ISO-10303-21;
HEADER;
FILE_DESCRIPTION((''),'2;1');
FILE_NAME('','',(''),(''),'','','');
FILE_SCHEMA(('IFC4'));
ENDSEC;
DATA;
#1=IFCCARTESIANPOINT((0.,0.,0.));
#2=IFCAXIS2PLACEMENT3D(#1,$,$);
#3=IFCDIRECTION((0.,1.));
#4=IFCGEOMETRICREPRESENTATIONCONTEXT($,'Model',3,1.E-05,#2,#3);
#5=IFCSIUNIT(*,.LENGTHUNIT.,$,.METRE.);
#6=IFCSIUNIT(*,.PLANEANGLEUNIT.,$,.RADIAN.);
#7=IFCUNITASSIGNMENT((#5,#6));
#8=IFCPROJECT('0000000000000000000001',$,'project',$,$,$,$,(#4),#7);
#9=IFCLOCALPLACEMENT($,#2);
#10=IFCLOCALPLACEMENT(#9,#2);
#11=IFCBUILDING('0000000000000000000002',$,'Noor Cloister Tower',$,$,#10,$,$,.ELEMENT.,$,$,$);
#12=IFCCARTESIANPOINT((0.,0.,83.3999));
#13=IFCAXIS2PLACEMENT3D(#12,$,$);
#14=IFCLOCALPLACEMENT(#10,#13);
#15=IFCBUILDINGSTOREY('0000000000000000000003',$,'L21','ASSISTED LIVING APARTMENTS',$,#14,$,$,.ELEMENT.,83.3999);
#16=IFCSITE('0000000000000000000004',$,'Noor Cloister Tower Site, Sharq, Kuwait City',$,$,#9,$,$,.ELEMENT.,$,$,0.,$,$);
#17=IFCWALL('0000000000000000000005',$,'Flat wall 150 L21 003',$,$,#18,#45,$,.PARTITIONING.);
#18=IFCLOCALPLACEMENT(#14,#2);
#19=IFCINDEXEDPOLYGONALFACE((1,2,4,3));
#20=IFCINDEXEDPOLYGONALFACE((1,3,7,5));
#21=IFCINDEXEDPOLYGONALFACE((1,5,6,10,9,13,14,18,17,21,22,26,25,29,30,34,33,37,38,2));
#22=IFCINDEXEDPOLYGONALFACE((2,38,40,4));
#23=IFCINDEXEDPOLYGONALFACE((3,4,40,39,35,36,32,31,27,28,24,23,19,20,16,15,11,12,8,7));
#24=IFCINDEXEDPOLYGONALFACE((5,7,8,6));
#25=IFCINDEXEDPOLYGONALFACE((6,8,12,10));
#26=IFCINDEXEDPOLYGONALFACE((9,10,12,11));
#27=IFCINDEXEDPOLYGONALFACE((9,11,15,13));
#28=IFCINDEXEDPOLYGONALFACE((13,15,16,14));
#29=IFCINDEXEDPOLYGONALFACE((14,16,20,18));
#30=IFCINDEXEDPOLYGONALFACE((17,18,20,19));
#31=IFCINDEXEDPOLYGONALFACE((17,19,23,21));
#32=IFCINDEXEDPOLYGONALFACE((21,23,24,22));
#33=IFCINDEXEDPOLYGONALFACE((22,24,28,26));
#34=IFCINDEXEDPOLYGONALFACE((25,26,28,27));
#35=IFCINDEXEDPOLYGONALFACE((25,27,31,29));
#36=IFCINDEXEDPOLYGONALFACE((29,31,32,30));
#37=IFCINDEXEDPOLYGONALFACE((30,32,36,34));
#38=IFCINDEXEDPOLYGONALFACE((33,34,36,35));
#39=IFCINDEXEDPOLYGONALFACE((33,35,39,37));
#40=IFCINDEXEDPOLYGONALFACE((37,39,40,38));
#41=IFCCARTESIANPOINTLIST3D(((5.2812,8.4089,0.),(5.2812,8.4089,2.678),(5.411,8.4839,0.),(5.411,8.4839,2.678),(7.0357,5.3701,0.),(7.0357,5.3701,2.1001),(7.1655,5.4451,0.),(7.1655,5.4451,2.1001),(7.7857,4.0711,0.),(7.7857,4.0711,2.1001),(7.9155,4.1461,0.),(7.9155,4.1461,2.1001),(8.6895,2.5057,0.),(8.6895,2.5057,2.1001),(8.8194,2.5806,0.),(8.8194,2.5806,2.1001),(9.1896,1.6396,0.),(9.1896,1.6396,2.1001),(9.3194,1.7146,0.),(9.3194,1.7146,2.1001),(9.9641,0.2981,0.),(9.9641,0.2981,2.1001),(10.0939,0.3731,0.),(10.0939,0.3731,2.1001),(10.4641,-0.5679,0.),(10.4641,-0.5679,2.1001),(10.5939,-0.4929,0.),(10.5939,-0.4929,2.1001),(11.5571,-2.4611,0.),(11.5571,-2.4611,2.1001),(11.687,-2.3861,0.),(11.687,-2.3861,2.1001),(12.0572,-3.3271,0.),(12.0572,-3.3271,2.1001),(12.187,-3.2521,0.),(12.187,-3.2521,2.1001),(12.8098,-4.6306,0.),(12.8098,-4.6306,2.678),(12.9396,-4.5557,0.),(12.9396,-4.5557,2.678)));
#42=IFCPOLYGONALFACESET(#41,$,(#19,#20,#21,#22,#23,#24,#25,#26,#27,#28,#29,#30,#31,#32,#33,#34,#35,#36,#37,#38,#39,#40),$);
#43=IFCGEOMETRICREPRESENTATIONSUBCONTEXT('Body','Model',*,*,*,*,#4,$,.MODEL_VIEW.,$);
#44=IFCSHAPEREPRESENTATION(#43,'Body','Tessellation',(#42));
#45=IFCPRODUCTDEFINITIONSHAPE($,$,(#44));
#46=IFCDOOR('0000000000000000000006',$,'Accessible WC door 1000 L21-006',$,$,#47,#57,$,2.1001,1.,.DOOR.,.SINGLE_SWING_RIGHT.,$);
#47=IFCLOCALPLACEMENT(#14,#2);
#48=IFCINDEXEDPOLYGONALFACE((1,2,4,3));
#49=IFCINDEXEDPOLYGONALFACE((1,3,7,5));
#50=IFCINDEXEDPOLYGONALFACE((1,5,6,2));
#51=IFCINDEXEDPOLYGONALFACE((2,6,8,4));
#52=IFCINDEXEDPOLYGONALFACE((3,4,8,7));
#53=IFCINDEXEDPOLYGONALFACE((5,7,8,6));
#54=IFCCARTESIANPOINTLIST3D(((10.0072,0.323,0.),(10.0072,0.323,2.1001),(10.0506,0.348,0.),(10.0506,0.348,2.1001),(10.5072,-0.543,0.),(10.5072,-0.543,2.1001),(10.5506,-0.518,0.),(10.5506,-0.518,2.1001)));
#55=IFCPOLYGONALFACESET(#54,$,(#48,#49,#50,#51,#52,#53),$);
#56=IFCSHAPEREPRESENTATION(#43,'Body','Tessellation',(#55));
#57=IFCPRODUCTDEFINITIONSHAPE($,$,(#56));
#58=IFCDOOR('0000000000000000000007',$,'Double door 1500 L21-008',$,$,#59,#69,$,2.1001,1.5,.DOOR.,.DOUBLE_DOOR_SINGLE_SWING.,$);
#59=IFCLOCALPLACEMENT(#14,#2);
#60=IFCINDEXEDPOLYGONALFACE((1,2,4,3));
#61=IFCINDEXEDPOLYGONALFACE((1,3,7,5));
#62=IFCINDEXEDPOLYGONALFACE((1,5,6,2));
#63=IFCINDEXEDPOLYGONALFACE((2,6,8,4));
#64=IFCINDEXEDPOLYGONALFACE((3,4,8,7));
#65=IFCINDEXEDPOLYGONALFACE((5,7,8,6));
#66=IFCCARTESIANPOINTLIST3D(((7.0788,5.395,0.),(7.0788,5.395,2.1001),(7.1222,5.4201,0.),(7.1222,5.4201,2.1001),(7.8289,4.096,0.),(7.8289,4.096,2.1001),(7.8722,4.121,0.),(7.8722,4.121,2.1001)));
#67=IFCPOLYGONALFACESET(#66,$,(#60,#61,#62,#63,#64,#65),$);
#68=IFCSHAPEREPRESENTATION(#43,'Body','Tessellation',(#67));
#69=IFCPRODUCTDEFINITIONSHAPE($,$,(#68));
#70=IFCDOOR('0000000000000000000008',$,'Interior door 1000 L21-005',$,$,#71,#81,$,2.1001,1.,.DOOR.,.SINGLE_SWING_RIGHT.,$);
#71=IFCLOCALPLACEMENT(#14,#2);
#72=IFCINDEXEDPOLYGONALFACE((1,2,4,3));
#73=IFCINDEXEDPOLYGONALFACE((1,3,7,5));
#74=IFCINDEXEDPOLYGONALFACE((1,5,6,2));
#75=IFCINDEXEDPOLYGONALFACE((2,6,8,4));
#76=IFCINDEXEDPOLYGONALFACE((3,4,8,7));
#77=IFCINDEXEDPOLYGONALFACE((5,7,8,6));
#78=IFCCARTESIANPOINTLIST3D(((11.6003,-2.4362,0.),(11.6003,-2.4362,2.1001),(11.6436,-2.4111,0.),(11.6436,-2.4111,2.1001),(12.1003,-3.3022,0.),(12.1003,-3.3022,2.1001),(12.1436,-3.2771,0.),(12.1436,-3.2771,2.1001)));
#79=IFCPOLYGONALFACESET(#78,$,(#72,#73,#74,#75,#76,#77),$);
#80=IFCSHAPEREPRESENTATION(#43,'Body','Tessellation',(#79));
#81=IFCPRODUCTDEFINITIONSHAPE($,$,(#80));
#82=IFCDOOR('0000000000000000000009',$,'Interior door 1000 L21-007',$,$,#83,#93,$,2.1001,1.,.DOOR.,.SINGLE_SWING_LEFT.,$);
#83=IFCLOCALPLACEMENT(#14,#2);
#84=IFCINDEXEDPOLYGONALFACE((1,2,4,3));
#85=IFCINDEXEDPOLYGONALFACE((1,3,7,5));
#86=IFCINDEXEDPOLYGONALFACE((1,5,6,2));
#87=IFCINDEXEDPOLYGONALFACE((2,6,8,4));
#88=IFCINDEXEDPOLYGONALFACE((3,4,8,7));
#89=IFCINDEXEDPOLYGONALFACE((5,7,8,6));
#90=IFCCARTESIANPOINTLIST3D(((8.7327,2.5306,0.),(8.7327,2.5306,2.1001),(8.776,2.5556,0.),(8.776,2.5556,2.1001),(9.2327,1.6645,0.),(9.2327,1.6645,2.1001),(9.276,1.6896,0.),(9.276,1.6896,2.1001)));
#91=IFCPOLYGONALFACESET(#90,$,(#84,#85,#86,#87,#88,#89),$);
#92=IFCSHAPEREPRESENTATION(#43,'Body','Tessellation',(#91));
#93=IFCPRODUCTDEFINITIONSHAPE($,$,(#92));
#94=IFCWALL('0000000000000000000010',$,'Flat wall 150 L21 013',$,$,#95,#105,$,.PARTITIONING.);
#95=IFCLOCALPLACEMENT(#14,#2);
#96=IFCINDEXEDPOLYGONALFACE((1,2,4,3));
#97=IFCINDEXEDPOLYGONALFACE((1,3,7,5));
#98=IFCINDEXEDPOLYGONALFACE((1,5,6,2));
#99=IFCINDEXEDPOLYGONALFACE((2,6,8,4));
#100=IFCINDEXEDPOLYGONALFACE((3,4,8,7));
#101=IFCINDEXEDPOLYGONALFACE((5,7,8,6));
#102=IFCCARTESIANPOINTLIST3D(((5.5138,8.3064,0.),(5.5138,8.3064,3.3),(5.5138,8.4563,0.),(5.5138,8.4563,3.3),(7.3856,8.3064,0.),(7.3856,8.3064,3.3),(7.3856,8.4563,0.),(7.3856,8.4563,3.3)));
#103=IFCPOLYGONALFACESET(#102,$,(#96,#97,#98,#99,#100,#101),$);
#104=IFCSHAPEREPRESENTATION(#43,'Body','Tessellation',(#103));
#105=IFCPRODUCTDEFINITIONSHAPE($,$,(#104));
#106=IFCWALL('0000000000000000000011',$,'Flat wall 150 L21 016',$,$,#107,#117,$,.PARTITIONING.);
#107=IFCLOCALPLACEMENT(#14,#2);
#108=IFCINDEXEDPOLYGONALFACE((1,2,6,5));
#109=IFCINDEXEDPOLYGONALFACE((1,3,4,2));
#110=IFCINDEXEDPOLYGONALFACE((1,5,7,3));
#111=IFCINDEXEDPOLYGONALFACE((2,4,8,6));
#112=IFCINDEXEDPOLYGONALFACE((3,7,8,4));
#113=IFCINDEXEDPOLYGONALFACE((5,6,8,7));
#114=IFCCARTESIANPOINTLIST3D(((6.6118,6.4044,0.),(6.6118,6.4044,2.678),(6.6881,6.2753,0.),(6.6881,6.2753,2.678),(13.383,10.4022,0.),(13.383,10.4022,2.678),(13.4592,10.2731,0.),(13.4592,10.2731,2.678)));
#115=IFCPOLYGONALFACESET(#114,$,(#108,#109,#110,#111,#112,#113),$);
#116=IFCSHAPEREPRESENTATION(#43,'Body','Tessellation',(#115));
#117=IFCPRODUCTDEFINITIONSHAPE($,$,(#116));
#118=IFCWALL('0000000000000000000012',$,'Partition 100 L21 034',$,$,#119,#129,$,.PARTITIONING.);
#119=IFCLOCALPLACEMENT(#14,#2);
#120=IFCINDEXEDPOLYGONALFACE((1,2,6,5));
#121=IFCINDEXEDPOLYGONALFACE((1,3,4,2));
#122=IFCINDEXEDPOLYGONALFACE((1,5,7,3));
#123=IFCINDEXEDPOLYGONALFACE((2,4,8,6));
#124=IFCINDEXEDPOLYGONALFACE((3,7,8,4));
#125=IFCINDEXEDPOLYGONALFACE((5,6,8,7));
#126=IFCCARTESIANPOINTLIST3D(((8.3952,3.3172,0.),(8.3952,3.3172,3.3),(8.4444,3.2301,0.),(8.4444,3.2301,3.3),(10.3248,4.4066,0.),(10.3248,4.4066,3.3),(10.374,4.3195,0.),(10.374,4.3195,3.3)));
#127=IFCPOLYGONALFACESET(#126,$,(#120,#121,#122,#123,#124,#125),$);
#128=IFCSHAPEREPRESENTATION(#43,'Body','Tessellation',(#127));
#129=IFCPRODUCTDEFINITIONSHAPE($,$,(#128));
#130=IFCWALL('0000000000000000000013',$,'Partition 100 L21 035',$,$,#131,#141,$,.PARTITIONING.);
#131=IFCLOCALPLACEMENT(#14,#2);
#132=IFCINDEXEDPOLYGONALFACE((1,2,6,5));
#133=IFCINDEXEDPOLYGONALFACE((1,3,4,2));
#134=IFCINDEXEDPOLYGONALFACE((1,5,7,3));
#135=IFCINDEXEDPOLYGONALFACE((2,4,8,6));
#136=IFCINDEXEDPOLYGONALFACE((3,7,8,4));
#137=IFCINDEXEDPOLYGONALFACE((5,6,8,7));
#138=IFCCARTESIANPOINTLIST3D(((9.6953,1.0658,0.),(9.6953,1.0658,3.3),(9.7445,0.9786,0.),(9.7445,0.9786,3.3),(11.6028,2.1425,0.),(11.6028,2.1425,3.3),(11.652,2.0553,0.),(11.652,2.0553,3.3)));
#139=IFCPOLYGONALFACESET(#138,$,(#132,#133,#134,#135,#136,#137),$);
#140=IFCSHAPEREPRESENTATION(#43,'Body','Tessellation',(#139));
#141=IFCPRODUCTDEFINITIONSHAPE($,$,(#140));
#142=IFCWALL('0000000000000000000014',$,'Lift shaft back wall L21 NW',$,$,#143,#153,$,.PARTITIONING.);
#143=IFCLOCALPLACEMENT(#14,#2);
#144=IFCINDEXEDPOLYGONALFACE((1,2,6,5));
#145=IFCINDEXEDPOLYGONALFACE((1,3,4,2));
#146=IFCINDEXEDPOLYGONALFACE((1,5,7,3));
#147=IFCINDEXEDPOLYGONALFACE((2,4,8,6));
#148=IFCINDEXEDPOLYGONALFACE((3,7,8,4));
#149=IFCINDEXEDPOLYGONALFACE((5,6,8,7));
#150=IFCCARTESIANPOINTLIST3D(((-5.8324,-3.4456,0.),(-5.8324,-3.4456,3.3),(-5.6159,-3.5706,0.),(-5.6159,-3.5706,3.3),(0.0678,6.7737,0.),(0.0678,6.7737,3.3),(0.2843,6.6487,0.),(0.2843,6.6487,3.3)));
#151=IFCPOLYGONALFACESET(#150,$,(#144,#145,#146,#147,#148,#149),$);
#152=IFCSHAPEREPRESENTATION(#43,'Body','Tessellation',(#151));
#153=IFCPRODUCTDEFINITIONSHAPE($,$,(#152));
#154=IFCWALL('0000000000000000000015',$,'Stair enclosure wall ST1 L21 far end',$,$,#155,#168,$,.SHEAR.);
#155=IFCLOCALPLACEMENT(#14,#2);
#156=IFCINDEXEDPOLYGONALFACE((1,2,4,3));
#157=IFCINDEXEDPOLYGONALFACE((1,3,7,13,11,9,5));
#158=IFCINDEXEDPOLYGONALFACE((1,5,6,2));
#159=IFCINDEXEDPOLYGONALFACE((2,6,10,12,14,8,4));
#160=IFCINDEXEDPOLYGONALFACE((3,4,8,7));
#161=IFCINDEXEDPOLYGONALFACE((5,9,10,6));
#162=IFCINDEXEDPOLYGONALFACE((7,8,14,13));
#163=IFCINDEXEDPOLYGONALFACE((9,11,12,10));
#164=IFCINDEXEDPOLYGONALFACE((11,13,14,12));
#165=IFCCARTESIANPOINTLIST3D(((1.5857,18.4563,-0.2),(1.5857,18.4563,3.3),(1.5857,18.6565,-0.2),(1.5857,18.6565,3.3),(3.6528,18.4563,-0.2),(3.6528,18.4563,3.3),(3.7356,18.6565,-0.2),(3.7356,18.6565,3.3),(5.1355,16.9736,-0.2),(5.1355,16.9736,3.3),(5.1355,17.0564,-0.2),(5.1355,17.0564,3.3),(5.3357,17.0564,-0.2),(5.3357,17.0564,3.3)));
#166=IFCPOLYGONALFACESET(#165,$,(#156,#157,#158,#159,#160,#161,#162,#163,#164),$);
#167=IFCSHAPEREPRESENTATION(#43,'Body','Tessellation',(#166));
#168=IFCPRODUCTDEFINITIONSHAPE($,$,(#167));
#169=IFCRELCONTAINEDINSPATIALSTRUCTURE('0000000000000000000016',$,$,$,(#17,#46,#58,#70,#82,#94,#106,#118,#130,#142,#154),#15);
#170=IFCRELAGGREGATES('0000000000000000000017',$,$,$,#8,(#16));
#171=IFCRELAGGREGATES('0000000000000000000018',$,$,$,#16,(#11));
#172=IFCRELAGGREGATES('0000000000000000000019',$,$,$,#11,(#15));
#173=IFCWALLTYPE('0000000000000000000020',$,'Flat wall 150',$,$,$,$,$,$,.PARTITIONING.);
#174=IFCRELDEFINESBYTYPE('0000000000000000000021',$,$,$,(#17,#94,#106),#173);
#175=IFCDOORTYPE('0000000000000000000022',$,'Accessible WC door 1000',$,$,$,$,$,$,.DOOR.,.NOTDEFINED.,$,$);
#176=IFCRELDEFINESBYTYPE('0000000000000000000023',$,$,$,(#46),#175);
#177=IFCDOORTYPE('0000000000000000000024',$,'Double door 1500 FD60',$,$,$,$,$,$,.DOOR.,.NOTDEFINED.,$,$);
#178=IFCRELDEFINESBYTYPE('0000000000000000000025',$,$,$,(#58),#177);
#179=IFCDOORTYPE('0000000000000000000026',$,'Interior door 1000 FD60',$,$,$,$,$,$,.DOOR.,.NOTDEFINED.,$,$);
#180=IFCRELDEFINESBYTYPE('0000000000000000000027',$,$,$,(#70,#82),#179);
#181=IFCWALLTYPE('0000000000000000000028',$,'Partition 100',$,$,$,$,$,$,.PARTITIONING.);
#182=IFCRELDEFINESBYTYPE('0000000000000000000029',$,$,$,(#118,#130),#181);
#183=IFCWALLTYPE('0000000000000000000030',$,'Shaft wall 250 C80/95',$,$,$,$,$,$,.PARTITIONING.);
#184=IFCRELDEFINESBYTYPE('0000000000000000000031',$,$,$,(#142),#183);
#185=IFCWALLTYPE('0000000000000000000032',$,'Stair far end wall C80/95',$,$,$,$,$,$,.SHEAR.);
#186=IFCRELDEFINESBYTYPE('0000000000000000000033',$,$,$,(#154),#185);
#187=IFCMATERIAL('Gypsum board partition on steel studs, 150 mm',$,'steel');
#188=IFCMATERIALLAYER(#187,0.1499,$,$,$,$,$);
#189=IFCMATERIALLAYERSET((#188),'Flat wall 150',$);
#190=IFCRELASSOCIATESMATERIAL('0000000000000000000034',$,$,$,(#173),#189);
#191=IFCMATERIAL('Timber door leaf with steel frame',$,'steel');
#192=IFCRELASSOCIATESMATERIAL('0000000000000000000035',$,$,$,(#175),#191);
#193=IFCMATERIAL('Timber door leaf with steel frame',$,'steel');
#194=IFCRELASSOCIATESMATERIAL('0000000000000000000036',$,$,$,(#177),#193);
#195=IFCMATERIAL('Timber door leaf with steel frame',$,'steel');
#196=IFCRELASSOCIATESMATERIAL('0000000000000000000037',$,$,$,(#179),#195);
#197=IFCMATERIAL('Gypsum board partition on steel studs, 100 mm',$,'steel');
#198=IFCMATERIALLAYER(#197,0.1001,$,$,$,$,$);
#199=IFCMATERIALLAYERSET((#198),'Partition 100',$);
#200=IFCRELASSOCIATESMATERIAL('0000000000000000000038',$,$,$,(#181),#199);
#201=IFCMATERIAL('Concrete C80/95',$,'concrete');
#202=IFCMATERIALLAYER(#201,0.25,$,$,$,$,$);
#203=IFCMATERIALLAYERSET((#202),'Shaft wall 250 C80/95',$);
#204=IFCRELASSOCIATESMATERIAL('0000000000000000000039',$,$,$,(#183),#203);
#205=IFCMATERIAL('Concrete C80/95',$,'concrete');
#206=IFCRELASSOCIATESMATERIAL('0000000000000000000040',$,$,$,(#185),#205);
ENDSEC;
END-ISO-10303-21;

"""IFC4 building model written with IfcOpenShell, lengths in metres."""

from ifc_helpers import new_model, si_unit, direction, frame, frame_2d, origin, place, context, subcontext, project, spatial, polyline, rectangle, outline, extrude, material, layer, layer_set, type_object, element, fill, save


model = new_model("IFC4")

# Units and contexts
model_context = context("Model", 3, precision=1e-05, world=origin(), true_north=direction((0.0, 1.0)))
body_context = subcontext(model_context, "Body", "Model", "MODEL_VIEW")
ifc_project = project(units=[si_unit("LENGTHUNIT", "METRE"), si_unit("PLANEANGLEUNIT", "RADIAN")], contexts=[model_context])

# Site, building, storey
site_placement = place(None, origin())
site = spatial("IfcSite", under=ifc_project, at=site_placement, Name="Noor Cloister Tower Site, Sharq, Kuwait City", CompositionType="ELEMENT", RefElevation=0.0)
building_placement = place(site_placement, origin())
building = spatial("IfcBuilding", under=site, at=building_placement, Name="Noor Cloister Tower", CompositionType="ELEMENT")
storey_placement = place(building_placement, frame((0.0, 0.0, 83.3999)))
storey = spatial("IfcBuildingStorey", under=building, at=storey_placement, Name="L21", Description="ASSISTED LIVING APARTMENTS", CompositionType="ELEMENT", Elevation=83.3999)

# Wall, openings, doors
ifc_material_1 = material(Name="Gypsum board partition on steel studs, 150 mm", Category="steel")
ifc_layer_1 = layer(ifc_material_1, 0.1499)
ifc_layer_set_1 = layer_set([ifc_layer_1], Name="Flat wall 150")
wall_type_1 = type_object("IfcWallType", Name="Flat wall 150", PredefinedType="PARTITIONING", material=ifc_layer_set_1)
wall_1_placement = place(storey_placement, frame((5.3462, 8.4463, 0.0), z_axis=(0.0, 0.0, 1.0), x_axis=(0.500009, -0.86602, 0.0)))
wall_1 = element("IfcWall", 1, at=wall_1_placement, inside=storey, type_object=wall_type_1, Name="Flat wall 150 L21 003", PredefinedType="PARTITIONING", context=body_context, shape_type="SweptSolid", body=[
    extrude(rectangle(XDim=15.0569, YDim=0.1499, at=frame_2d((7.5283, 0.0))), origin(), (0.0, 0.0, 1.0), 2.678),
])
opening_1_placement = place(wall_1_placement, frame((12.5515, 0.0, 0.0)))
opening_1 = element("IfcOpeningElement", 2, at=opening_1_placement, cuts=wall_1, PredefinedType="OPENING", context=body_context, shape_type="SweptSolid", body=[
    extrude(rectangle(XDim=1.0, YDim=2.1001, at=frame_2d((0.5, 1.05))), frame((0.0, 0.085, 0.0), z_axis=(0.0, -1.0, 0.0), x_axis=(1.0, 0.0, 0.0)), (0.0, 0.0, 1.0), 0.1699),
])
opening_2_placement = place(wall_1_placement, frame((9.3655, 0.0, 0.0)))
opening_2 = element("IfcOpeningElement", 3, at=opening_2_placement, cuts=wall_1, PredefinedType="OPENING", context=body_context, shape_type="SweptSolid", body=[
    extrude(rectangle(XDim=1.0, YDim=2.1001, at=frame_2d((0.5, 1.05))), frame((0.0, 0.085, 0.0), z_axis=(0.0, -1.0, 0.0), x_axis=(1.0, 0.0, 0.0)), (0.0, 0.0, 1.0), 0.1699),
])
opening_3_placement = place(wall_1_placement, frame((6.8164, 0.0, 0.0)))
opening_3 = element("IfcOpeningElement", 4, at=opening_3_placement, cuts=wall_1, PredefinedType="OPENING", context=body_context, shape_type="SweptSolid", body=[
    extrude(rectangle(XDim=1.0, YDim=2.1001, at=frame_2d((0.5, 1.05))), frame((0.0, 0.085, 0.0), z_axis=(0.0, -1.0, 0.0), x_axis=(1.0, 0.0, 0.0)), (0.0, 0.0, 1.0), 0.1699),
])
opening_4_placement = place(wall_1_placement, frame((3.5088, 0.0, 0.0)))
opening_4 = element("IfcOpeningElement", 5, at=opening_4_placement, cuts=wall_1, PredefinedType="OPENING", context=body_context, shape_type="SweptSolid", body=[
    extrude(rectangle(XDim=1.5, YDim=2.1001, at=frame_2d((0.75, 1.05))), frame((0.0, 0.085, 0.0), z_axis=(0.0, -1.0, 0.0), x_axis=(1.0, 0.0, 0.0)), (0.0, 0.0, 1.0), 0.1699),
])
ifc_material_2 = material(Name="Timber door leaf with steel frame", Category="steel")
door_type_1 = type_object("IfcDoorType", Name="Accessible WC door 1000", OperationType="NOTDEFINED", PredefinedType="DOOR", material=ifc_material_2)
door_1_placement = place(opening_2_placement, origin())
door_1 = element("IfcDoor", 6, at=door_1_placement, inside=storey, type_object=door_type_1, Name="Accessible WC door 1000 L21-006", OperationType="SINGLE_SWING_RIGHT", OverallHeight=2.1001, OverallWidth=1.0, PredefinedType="DOOR", context=body_context, shape_type="SweptSolid", body=[
    extrude(rectangle(XDim=1.0, YDim=2.1001, at=frame_2d((0.5, 1.05))), frame((0.0, 0.0249, 0.0), z_axis=(0.0, -1.0, 0.0), x_axis=(1.0, 0.0, 0.0)), (0.0, 0.0, 1.0), 0.05),
])
fill(opening_2, door_1)
ifc_material_3 = material(Name="Timber door leaf with steel frame", Category="steel")
door_type_2 = type_object("IfcDoorType", Name="Double door 1500 FD60", OperationType="NOTDEFINED", PredefinedType="DOOR", material=ifc_material_3)
door_2_placement = place(opening_4_placement, origin())
door_2 = element("IfcDoor", 7, at=door_2_placement, inside=storey, type_object=door_type_2, Name="Double door 1500 L21-008", OperationType="DOUBLE_DOOR_SINGLE_SWING", OverallHeight=2.1001, OverallWidth=1.5, PredefinedType="DOOR", context=body_context, shape_type="SweptSolid", body=[
    extrude(rectangle(XDim=1.5, YDim=2.1001, at=frame_2d((0.75, 1.05))), frame((0.0, 0.0249, 0.0), z_axis=(0.0, -1.0, 0.0), x_axis=(1.0, 0.0, 0.0)), (0.0, 0.0, 1.0), 0.05),
])
fill(opening_4, door_2)
ifc_material_4 = material(Name="Timber door leaf with steel frame", Category="steel")
door_type_3 = type_object("IfcDoorType", Name="Interior door 1000 FD60", OperationType="NOTDEFINED", PredefinedType="DOOR", material=ifc_material_4)
door_3_placement = place(opening_1_placement, origin())
door_3 = element("IfcDoor", 8, at=door_3_placement, inside=storey, type_object=door_type_3, Name="Interior door 1000 L21-005", OperationType="SINGLE_SWING_RIGHT", OverallHeight=2.1001, OverallWidth=1.0, PredefinedType="DOOR", context=body_context, shape_type="SweptSolid", body=[
    extrude(rectangle(XDim=1.0, YDim=2.1001, at=frame_2d((0.5, 1.05))), frame((0.0, 0.0249, 0.0), z_axis=(0.0, -1.0, 0.0), x_axis=(1.0, 0.0, 0.0)), (0.0, 0.0, 1.0), 0.05),
])
fill(opening_1, door_3)
door_4_placement = place(opening_3_placement, origin())
door_4 = element("IfcDoor", 9, at=door_4_placement, inside=storey, type_object=door_type_3, Name="Interior door 1000 L21-007", OperationType="SINGLE_SWING_LEFT", OverallHeight=2.1001, OverallWidth=1.0, PredefinedType="DOOR", context=body_context, shape_type="SweptSolid", body=[
    extrude(rectangle(XDim=1.0, YDim=2.1001, at=frame_2d((0.5, 1.05))), frame((0.0, 0.0249, 0.0), z_axis=(0.0, -1.0, 0.0), x_axis=(1.0, 0.0, 0.0)), (0.0, 0.0, 1.0), 0.05),
])
fill(opening_3, door_4)

# Walls
wall_2_placement = place(storey_placement, frame((5.5137, 8.3813, 0.0), z_axis=(0.0, 0.0, 1.0), x_axis=(1.0, 0.0, 0.0)))
element("IfcWall", 10, at=wall_2_placement, inside=storey, type_object=wall_type_1, Name="Flat wall 150 L21 013", PredefinedType="PARTITIONING", context=body_context, shape_type="SweptSolid", body=[
    extrude(rectangle(XDim=1.8718, YDim=0.1499, at=frame_2d((0.936, 0.0))), origin(), (0.0, 0.0, 1.0), 3.3),
])
wall_3_placement = place(storey_placement, frame((13.4211, 10.3376, 0.0), z_axis=(0.0, 0.0, 1.0), x_axis=(-0.861115, -0.50841, 0.0)))
element("IfcWall", 11, at=wall_3_placement, inside=storey, type_object=wall_type_1, Name="Flat wall 150 L21 016", PredefinedType="PARTITIONING", context=body_context, shape_type="SweptSolid", body=[
    extrude(rectangle(XDim=7.8633, YDim=0.1499, at=frame_2d((3.9316, 0.0))), origin(), (0.0, 0.0, 1.0), 2.678),
])
ifc_material_5 = material(Name="Gypsum board partition on steel studs, 100 mm", Category="steel")
ifc_layer_2 = layer(ifc_material_5, 0.1001)
ifc_layer_set_2 = layer_set([ifc_layer_2], Name="Partition 100")
wall_type_2 = type_object("IfcWallType", Name="Partition 100", PredefinedType="PARTITIONING", material=ifc_layer_set_2)
wall_4_placement = place(storey_placement, frame((10.3494, 4.363, 0.0), z_axis=(0.0, 0.0, 1.0), x_axis=(-0.870795, -0.491647, 0.0)))
element("IfcWall", 12, at=wall_4_placement, inside=storey, type_object=wall_type_2, Name="Partition 100 L21 034", PredefinedType="PARTITIONING", context=body_context, shape_type="SweptSolid", body=[
    extrude(rectangle(XDim=2.2158, YDim=0.1001, at=frame_2d((1.1079, 0.0))), origin(), (0.0, 0.0, 1.0), 3.3),
])
wall_5_placement = place(storey_placement, frame((11.6274, 2.0989, 0.0), z_axis=(0.0, 0.0, 1.0), x_axis=(-0.870851, -0.491547, 0.0)))
element("IfcWall", 13, at=wall_5_placement, inside=storey, type_object=wall_type_2, Name="Partition 100 L21 035", PredefinedType="PARTITIONING", context=body_context, shape_type="SweptSolid", body=[
    extrude(rectangle(XDim=2.1904, YDim=0.1001, at=frame_2d((1.0952, 0.0))), origin(), (0.0, 0.0, 1.0), 3.3),
])
ifc_material_6 = material(Name="Concrete C80/95", Category="concrete")
ifc_layer_3 = layer(ifc_material_6, 0.25)
ifc_layer_set_3 = layer_set([ifc_layer_3], Name="Shaft wall 250 C80/95")
wall_type_3 = type_object("IfcWallType", Name="Shaft wall 250 C80/95", PredefinedType="PARTITIONING", material=ifc_layer_set_3)
wall_6_placement = place(storey_placement, frame((0.176, 6.7112, 0.0), z_axis=(0.0, 0.0, 1.0), x_axis=(-0.500004, -0.866023, 0.0)))
element("IfcWall", 14, at=wall_6_placement, inside=storey, type_object=wall_type_3, Name="Lift shaft back wall L21 NW", PredefinedType="PARTITIONING", context=body_context, shape_type="SweptSolid", body=[
    extrude(rectangle(XDim=11.8003, YDim=0.25, at=frame_2d((5.9001, 0.0))), origin(), (0.0, 0.0, 1.0), 3.3),
])
ifc_material_7 = material(Name="Concrete C80/95", Category="concrete")
wall_type_4 = type_object("IfcWallType", Name="Stair far end wall C80/95", PredefinedType="SHEAR", material=ifc_material_7)
wall_7_placement = place(storey_placement, frame((0.0, 0.0, -0.2)))
element("IfcWall", 15, at=wall_7_placement, inside=storey, type_object=wall_type_4, Name="Stair enclosure wall ST1 L21 far end", PredefinedType="SHEAR", context=body_context, shape_type="SweptSolid", body=[
    extrude(outline(polyline([(5.3357, 17.0564), (3.7356, 18.6565), (1.5857, 18.6565), (1.5857, 18.4563), (3.6528, 18.4563), (5.1355, 16.9736), (5.1355, 17.0564), (5.1355, 17.0564), (5.1355, 17.0564), (5.1355, 17.0564), (5.1355, 17.0564), (5.1355, 17.0564), (5.1355, 17.0564), (5.1355, 17.0564), (5.1355, 17.0564), (5.1355, 17.0564), (5.1355, 17.0564), (5.1355, 17.0564), (5.1355, 17.0564), (5.1355, 17.0564), (5.1355, 17.0564), (5.1355, 17.0564), (5.1355, 17.0564), (5.3357, 17.0564)])), origin(), (0.0, 0.0, 1.0), 3.5),
])

save(model, "model.ifc")
